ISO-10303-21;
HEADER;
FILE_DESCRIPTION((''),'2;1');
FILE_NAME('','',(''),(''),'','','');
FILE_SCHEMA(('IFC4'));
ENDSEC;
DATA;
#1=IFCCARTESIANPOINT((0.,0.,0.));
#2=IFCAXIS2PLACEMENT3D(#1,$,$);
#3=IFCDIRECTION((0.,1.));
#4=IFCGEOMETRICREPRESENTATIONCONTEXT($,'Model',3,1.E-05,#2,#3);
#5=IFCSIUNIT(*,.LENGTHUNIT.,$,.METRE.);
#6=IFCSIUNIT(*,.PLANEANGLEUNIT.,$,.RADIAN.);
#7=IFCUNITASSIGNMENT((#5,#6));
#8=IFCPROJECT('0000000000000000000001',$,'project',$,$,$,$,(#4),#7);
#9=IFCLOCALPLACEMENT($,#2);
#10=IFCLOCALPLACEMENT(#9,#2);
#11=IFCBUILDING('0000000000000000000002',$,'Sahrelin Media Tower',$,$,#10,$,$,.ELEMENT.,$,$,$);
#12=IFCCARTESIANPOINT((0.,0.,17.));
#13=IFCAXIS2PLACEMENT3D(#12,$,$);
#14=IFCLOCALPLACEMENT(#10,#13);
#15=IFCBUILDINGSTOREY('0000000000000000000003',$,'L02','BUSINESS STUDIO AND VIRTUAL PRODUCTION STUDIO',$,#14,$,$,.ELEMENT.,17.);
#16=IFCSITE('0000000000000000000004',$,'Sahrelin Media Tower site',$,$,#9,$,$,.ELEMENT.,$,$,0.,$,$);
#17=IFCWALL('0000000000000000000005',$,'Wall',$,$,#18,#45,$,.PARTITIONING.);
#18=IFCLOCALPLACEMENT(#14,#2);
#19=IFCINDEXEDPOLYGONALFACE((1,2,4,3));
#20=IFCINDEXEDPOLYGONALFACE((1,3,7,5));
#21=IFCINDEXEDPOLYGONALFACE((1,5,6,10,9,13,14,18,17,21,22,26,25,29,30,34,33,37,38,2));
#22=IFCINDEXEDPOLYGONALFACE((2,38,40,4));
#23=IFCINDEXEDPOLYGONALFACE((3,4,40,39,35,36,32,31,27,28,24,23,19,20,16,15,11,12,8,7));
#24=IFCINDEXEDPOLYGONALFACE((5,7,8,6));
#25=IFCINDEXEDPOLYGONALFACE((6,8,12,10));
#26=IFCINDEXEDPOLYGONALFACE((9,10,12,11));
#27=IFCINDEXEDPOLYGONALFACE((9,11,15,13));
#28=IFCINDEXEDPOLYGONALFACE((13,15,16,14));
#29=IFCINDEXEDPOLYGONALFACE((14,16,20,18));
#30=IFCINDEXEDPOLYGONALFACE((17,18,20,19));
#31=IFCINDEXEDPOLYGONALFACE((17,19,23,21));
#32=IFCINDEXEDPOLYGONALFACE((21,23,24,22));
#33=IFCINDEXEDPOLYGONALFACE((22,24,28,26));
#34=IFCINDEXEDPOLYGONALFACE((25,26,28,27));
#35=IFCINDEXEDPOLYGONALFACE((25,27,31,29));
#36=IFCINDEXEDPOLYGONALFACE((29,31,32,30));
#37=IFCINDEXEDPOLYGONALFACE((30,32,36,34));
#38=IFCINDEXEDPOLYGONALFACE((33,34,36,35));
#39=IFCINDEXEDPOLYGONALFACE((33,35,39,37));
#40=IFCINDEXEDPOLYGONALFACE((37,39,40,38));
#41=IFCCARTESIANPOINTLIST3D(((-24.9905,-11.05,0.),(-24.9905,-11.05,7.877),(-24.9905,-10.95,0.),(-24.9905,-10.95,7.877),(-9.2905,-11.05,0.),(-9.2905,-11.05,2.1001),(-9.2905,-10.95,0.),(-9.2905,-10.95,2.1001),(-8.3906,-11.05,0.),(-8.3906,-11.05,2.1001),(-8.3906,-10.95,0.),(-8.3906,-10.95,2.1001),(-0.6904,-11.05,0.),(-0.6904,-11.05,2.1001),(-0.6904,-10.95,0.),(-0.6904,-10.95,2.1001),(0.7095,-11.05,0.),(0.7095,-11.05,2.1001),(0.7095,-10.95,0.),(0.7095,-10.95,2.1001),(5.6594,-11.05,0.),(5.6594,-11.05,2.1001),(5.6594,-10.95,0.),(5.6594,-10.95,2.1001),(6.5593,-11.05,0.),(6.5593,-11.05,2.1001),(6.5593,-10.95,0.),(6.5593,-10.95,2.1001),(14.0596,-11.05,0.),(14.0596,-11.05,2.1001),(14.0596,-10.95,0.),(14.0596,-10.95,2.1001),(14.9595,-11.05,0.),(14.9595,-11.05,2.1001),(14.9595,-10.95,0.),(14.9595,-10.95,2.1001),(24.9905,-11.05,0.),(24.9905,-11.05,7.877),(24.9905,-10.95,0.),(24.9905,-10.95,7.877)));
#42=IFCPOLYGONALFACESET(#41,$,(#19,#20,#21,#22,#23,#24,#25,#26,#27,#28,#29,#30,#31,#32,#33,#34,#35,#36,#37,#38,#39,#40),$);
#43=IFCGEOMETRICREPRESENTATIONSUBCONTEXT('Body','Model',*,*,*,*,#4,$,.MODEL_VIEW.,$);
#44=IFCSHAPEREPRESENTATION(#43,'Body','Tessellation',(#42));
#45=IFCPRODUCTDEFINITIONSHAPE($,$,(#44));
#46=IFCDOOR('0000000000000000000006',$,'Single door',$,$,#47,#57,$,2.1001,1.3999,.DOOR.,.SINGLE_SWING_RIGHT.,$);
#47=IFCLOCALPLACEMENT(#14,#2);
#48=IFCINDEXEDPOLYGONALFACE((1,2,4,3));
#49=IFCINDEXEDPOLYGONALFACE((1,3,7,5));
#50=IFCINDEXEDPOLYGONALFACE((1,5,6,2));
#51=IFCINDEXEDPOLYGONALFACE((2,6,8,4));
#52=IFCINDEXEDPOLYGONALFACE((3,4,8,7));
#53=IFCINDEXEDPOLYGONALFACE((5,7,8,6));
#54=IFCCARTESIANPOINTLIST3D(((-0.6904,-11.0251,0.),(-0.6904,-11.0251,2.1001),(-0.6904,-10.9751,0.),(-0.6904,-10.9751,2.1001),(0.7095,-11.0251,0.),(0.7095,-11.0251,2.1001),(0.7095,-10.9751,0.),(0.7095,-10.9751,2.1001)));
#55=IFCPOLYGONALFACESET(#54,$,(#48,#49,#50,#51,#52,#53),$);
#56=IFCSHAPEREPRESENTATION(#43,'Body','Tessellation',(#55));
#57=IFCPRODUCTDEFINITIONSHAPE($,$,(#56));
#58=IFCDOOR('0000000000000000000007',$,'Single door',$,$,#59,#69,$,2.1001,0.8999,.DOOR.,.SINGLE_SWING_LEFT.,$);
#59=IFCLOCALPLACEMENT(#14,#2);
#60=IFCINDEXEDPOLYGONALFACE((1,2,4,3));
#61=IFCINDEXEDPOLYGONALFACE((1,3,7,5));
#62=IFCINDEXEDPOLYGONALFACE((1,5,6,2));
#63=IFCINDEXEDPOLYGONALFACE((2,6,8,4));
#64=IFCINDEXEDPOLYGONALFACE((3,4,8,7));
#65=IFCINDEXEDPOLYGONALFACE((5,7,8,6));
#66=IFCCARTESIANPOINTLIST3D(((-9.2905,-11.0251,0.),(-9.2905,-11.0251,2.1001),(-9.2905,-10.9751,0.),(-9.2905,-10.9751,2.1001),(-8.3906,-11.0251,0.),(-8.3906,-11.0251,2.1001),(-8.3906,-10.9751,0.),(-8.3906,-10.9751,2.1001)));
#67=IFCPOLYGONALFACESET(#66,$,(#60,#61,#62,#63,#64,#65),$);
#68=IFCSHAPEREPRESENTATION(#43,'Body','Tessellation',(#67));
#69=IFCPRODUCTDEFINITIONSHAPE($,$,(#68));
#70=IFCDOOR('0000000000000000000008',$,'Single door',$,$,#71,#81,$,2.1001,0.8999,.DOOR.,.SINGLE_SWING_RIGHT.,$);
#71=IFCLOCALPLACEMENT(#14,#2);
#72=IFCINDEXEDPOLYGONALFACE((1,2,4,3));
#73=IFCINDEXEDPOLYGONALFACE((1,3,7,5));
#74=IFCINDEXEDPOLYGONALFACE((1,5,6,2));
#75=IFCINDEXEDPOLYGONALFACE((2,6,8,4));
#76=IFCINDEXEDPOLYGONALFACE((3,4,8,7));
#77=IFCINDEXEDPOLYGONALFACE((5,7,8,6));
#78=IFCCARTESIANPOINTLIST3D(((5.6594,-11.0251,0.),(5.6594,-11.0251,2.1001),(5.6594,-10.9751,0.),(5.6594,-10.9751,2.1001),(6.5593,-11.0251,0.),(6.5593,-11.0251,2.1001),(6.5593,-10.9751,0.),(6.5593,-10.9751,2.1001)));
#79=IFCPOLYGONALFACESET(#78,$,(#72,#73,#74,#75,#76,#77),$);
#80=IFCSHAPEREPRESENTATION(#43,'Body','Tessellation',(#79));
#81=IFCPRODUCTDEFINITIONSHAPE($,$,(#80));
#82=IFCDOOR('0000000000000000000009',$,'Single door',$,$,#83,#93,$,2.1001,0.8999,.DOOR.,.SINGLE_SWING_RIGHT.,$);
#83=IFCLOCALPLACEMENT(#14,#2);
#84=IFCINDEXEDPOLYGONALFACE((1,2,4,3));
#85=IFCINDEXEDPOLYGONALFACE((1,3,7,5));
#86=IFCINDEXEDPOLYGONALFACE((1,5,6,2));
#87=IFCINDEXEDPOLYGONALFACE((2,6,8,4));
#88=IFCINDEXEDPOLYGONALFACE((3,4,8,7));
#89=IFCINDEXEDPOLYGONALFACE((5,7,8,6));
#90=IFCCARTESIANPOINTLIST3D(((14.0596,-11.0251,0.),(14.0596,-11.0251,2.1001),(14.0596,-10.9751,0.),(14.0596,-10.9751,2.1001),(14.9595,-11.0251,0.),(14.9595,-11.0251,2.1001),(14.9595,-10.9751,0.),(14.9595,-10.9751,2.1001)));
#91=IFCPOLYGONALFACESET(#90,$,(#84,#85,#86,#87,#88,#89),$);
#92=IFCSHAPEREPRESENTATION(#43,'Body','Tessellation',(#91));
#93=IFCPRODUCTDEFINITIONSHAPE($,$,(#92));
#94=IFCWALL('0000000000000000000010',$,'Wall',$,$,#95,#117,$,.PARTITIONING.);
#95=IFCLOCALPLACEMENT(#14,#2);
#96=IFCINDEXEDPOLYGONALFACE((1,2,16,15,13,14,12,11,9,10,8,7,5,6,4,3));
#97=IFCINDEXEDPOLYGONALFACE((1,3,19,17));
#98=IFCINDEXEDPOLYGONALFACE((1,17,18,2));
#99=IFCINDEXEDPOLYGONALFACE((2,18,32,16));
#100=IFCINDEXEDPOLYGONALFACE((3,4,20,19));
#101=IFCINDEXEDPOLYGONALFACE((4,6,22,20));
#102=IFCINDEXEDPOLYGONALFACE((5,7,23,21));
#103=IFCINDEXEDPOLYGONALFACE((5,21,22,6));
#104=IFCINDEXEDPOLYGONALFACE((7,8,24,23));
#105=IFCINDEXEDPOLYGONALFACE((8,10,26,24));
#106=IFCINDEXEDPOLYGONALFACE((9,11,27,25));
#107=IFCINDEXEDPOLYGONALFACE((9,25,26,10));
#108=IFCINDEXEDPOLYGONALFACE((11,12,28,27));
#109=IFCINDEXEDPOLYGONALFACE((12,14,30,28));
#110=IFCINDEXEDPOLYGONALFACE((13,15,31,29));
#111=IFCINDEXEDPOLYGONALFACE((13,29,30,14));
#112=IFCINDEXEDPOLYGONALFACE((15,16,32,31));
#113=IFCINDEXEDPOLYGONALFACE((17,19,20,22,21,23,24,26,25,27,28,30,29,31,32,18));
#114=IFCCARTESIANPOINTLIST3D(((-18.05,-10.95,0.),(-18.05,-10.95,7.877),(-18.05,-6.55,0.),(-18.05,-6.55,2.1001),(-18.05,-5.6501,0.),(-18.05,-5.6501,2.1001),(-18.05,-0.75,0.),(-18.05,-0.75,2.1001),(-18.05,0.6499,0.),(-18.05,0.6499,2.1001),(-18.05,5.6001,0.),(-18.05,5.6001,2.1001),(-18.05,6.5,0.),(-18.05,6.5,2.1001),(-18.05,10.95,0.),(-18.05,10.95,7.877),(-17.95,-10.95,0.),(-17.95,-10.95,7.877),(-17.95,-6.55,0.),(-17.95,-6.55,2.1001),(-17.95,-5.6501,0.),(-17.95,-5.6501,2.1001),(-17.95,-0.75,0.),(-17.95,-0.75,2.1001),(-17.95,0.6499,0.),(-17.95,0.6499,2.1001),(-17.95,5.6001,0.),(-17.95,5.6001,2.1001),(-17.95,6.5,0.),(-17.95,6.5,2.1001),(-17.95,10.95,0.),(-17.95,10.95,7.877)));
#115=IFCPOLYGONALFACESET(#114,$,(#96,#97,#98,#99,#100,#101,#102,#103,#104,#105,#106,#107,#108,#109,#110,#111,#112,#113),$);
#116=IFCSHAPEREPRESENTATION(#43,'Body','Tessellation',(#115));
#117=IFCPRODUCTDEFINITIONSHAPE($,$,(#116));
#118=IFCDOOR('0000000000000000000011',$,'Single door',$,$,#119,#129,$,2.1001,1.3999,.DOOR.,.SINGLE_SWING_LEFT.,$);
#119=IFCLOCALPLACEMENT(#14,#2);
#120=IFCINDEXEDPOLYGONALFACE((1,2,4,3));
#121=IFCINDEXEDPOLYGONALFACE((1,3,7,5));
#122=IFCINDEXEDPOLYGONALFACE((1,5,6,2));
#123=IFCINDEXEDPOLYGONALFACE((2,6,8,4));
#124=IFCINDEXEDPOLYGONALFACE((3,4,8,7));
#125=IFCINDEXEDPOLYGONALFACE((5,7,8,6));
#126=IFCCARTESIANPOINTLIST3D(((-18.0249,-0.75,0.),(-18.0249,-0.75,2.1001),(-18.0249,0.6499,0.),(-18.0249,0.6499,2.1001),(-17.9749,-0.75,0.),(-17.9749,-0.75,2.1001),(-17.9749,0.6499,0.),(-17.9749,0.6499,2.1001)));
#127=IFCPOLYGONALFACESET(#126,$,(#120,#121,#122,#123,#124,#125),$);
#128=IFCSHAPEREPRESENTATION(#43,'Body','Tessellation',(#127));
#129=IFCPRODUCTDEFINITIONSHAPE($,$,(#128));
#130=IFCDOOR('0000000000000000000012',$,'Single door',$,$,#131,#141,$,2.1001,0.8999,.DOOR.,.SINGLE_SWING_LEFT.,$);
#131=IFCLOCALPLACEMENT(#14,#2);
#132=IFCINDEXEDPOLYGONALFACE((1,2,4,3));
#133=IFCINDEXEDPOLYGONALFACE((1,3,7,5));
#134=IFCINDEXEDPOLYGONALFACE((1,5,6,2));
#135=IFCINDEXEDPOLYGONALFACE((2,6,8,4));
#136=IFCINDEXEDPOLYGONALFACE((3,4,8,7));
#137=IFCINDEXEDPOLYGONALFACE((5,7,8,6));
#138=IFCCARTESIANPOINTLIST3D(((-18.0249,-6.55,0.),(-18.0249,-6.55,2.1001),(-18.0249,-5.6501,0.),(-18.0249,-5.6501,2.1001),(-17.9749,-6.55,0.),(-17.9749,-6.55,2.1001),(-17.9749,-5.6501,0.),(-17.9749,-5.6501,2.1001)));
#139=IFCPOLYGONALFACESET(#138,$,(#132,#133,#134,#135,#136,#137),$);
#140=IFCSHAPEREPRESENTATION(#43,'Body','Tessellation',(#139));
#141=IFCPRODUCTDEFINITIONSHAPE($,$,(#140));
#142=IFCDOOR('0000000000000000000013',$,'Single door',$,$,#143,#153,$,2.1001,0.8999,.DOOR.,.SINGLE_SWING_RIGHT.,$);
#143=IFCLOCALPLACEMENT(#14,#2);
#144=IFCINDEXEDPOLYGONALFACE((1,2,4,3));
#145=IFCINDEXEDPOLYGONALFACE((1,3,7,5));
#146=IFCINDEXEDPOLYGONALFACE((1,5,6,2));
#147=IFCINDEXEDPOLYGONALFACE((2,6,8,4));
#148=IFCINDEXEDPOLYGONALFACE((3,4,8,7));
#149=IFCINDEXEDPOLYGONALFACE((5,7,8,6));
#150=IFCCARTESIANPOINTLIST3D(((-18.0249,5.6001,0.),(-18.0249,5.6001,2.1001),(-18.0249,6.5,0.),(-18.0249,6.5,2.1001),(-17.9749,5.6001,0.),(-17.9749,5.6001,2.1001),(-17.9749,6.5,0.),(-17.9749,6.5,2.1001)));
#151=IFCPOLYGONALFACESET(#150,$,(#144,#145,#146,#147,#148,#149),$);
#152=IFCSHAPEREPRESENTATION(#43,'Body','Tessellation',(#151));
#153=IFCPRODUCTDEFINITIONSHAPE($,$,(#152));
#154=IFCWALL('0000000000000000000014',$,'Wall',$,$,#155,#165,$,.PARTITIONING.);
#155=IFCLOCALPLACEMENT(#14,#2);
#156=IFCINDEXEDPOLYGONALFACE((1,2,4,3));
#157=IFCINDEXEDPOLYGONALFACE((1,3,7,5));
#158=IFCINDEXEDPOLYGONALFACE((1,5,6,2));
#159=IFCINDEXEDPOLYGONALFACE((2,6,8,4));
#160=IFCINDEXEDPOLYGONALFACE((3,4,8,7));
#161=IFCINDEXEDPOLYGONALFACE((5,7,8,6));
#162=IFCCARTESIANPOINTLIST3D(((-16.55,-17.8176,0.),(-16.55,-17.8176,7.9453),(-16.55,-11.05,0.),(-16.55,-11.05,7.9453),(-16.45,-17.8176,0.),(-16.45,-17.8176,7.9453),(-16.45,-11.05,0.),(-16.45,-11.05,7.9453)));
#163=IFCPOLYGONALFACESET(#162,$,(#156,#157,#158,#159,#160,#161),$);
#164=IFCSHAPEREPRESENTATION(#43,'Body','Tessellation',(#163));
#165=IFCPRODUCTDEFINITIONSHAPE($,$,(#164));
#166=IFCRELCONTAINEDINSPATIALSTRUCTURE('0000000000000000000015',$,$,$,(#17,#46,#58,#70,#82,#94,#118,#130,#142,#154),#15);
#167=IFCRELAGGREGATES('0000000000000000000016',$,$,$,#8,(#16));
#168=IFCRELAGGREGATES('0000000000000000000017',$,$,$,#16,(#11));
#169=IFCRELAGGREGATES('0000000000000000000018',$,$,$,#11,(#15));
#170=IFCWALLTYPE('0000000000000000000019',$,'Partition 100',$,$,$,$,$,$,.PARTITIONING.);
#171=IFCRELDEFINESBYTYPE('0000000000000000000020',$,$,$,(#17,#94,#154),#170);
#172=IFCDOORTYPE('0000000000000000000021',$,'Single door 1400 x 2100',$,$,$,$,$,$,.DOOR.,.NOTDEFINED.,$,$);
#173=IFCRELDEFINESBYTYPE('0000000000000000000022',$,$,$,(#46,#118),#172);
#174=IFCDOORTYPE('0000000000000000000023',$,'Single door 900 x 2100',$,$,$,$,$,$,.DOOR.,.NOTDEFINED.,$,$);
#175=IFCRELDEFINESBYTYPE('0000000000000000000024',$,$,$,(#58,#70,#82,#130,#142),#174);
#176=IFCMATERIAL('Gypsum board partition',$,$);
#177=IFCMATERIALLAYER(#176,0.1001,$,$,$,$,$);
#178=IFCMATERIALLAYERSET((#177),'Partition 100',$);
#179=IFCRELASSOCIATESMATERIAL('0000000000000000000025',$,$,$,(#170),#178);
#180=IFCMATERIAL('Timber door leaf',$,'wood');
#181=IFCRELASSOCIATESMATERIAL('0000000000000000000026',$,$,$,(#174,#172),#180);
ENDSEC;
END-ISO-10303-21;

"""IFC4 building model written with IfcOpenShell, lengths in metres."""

from ifc_helpers import new_model, si_unit, direction, frame, frame_2d, origin, place, context, subcontext, project, spatial, rectangle, extrude, material, layer, layer_set, type_object, element, fill, save


model = new_model("IFC4")

# Units and contexts
model_context = context("Model", 3, precision=1e-05, world=origin(), true_north=direction((0.0, 1.0)))
body_context = subcontext(model_context, "Body", "Model", "MODEL_VIEW")
ifc_project = project(units=[si_unit("LENGTHUNIT", "METRE"), si_unit("PLANEANGLEUNIT", "RADIAN")], contexts=[model_context])

# Site, building, storey
site_placement = place(None, origin())
site = spatial("IfcSite", under=ifc_project, at=site_placement, Name="Sahrelin Media Tower site", CompositionType="ELEMENT", RefElevation=0.0)
building_placement = place(site_placement, origin())
building = spatial("IfcBuilding", under=site, at=building_placement, Name="Sahrelin Media Tower", CompositionType="ELEMENT")
storey_placement = place(building_placement, frame((0.0, 0.0, 17.0)))
storey = spatial("IfcBuildingStorey", under=building, at=storey_placement, Name="L02", Description="BUSINESS STUDIO AND VIRTUAL PRODUCTION STUDIO", CompositionType="ELEMENT", Elevation=17.0)

# Shared definitions
ifc_material_1 = material(Name="Gypsum board partition")
ifc_layer_1 = layer(ifc_material_1, 0.1001)
ifc_layer_set_1 = layer_set([ifc_layer_1], Name="Partition 100")
wall_type_1 = type_object("IfcWallType", Name="Partition 100", PredefinedType="PARTITIONING", material=ifc_layer_set_1)
ifc_material_2 = material(Name="Timber door leaf", Category="wood")
door_type_1 = type_object("IfcDoorType", Name="Single door 900 x 2100", OperationType="NOTDEFINED", PredefinedType="DOOR", material=ifc_material_2)

# Walls, openings, doors
wall_1_placement = place(storey_placement, frame((-24.9905, -11.0, 0.0), z_axis=(0.0, 0.0, 1.0), x_axis=(1.0, 0.0, 0.0)))
wall_1 = element("IfcWall", 1, at=wall_1_placement, inside=storey, type_object=wall_type_1, Name="Wall", PredefinedType="PARTITIONING", context=body_context, shape_type="SweptSolid", body=[
    extrude(rectangle(XDim=49.981, YDim=0.1001, at=frame_2d((24.9905, 0.0))), origin(), (0.0, 0.0, 1.0), 7.877),
])
opening_1_placement = place(wall_1_placement, frame((15.7, 0.0, 0.0)))
opening_1 = element("IfcOpeningElement", 2, at=opening_1_placement, cuts=wall_1, PredefinedType="OPENING", context=body_context, shape_type="SweptSolid", body=[
    extrude(rectangle(XDim=0.8999, YDim=2.1001, at=frame_2d((0.45, 1.05))), frame((0.0, 0.05, 0.0), z_axis=(0.0, -1.0, 0.0), x_axis=(1.0, 0.0, 0.0)), (0.0, 0.0, 1.0), 0.1001),
])
opening_2_placement = place(wall_1_placement, frame((24.3, 0.0, 0.0)))
opening_2 = element("IfcOpeningElement", 3, at=opening_2_placement, cuts=wall_1, PredefinedType="OPENING", context=body_context, shape_type="SweptSolid", body=[
    extrude(rectangle(XDim=1.3999, YDim=2.1001, at=frame_2d((0.7, 1.05))), frame((0.0, 0.05, 0.0), z_axis=(0.0, -1.0, 0.0), x_axis=(1.0, 0.0, 0.0)), (0.0, 0.0, 1.0), 0.1001),
])
opening_3_placement = place(wall_1_placement, frame((30.6499, 0.0, 0.0)))
opening_3 = element("IfcOpeningElement", 4, at=opening_3_placement, cuts=wall_1, PredefinedType="OPENING", context=body_context, shape_type="SweptSolid", body=[
    extrude(rectangle(XDim=0.8999, YDim=2.1001, at=frame_2d((0.45, 1.05))), frame((0.0, 0.05, 0.0), z_axis=(0.0, -1.0, 0.0), x_axis=(1.0, 0.0, 0.0)), (0.0, 0.0, 1.0), 0.1001),
])
opening_4_placement = place(wall_1_placement, frame((39.05, 0.0, 0.0)))
opening_4 = element("IfcOpeningElement", 5, at=opening_4_placement, cuts=wall_1, PredefinedType="OPENING", context=body_context, shape_type="SweptSolid", body=[
    extrude(rectangle(XDim=0.8999, YDim=2.1001, at=frame_2d((0.45, 1.05))), frame((0.0, 0.05, 0.0), z_axis=(0.0, -1.0, 0.0), x_axis=(1.0, 0.0, 0.0)), (0.0, 0.0, 1.0), 0.1001),
])
door_type_2 = type_object("IfcDoorType", Name="Single door 1400 x 2100", OperationType="NOTDEFINED", PredefinedType="DOOR", material=ifc_material_2)
door_1_placement = place(opening_2_placement, origin())
door_1 = element("IfcDoor", 6, at=door_1_placement, inside=storey, type_object=door_type_2, Name="Single door", OperationType="SINGLE_SWING_RIGHT", OverallHeight=2.1001, OverallWidth=1.3999, PredefinedType="DOOR", context=body_context, shape_type="SweptSolid", body=[
    extrude(rectangle(XDim=1.3999, YDim=2.1001, at=frame_2d((0.7, 1.05))), frame((0.0, 0.0249, 0.0), z_axis=(0.0, -1.0, 0.0), x_axis=(1.0, 0.0, 0.0)), (0.0, 0.0, 1.0), 0.05),
])
fill(opening_2, door_1)
door_2_placement = place(opening_1_placement, origin())
door_2 = element("IfcDoor", 7, at=door_2_placement, inside=storey, type_object=door_type_1, Name="Single door", OperationType="SINGLE_SWING_LEFT", OverallHeight=2.1001, OverallWidth=0.8999, PredefinedType="DOOR", context=body_context, shape_type="SweptSolid", body=[
    extrude(rectangle(XDim=0.8999, YDim=2.1001, at=frame_2d((0.45, 1.05))), frame((0.0, 0.0249, 0.0), z_axis=(0.0, -1.0, 0.0), x_axis=(1.0, 0.0, 0.0)), (0.0, 0.0, 1.0), 0.05),
])
fill(opening_1, door_2)
door_3_placement = place(opening_3_placement, origin())
door_3 = element("IfcDoor", 8, at=door_3_placement, inside=storey, type_object=door_type_1, Name="Single door", OperationType="SINGLE_SWING_RIGHT", OverallHeight=2.1001, OverallWidth=0.8999, PredefinedType="DOOR", context=body_context, shape_type="SweptSolid", body=[
    extrude(rectangle(XDim=0.8999, YDim=2.1001, at=frame_2d((0.45, 1.05))), frame((0.0, 0.0249, 0.0), z_axis=(0.0, -1.0, 0.0), x_axis=(1.0, 0.0, 0.0)), (0.0, 0.0, 1.0), 0.05),
])
fill(opening_3, door_3)
door_4_placement = place(opening_4_placement, origin())
door_4 = element("IfcDoor", 9, at=door_4_placement, inside=storey, type_object=door_type_1, Name="Single door", OperationType="SINGLE_SWING_RIGHT", OverallHeight=2.1001, OverallWidth=0.8999, PredefinedType="DOOR", context=body_context, shape_type="SweptSolid", body=[
    extrude(rectangle(XDim=0.8999, YDim=2.1001, at=frame_2d((0.45, 1.05))), frame((0.0, 0.0249, 0.0), z_axis=(0.0, -1.0, 0.0), x_axis=(1.0, 0.0, 0.0)), (0.0, 0.0, 1.0), 0.05),
])
fill(opening_4, door_4)
wall_2_placement = place(storey_placement, frame((-18.0, -10.95, 0.0), z_axis=(0.0, 0.0, 1.0), x_axis=(0.0, 1.0, 0.0)))
wall_2 = element("IfcWall", 10, at=wall_2_placement, inside=storey, type_object=wall_type_1, Name="Wall", PredefinedType="PARTITIONING", context=body_context, shape_type="SweptSolid", body=[
    extrude(rectangle(XDim=21.8999, YDim=0.1001, at=frame_2d((10.95, 0.0))), origin(), (0.0, 0.0, 1.0), 7.877),
])
opening_5_placement = place(wall_2_placement, frame((4.3999, 0.0, 0.0)))
opening_5 = element("IfcOpeningElement", 11, at=opening_5_placement, cuts=wall_2, PredefinedType="OPENING", context=body_context, shape_type="SweptSolid", body=[
    extrude(rectangle(XDim=0.8999, YDim=2.1001, at=frame_2d((0.45, 1.05))), frame((0.0, 0.05, 0.0), z_axis=(0.0, -1.0, 0.0), x_axis=(1.0, 0.0, 0.0)), (0.0, 0.0, 1.0), 0.1001),
])
opening_6_placement = place(wall_2_placement, frame((10.2, 0.0, 0.0)))
opening_6 = element("IfcOpeningElement", 12, at=opening_6_placement, cuts=wall_2, PredefinedType="OPENING", context=body_context, shape_type="SweptSolid", body=[
    extrude(rectangle(XDim=1.3999, YDim=2.1001, at=frame_2d((0.7, 1.05))), frame((0.0, 0.05, 0.0), z_axis=(0.0, -1.0, 0.0), x_axis=(1.0, 0.0, 0.0)), (0.0, 0.0, 1.0), 0.1001),
])
opening_7_placement = place(wall_2_placement, frame((16.55, 0.0, 0.0)))
opening_7 = element("IfcOpeningElement", 13, at=opening_7_placement, cuts=wall_2, PredefinedType="OPENING", context=body_context, shape_type="SweptSolid", body=[
    extrude(rectangle(XDim=0.8999, YDim=2.1001, at=frame_2d((0.45, 1.05))), frame((0.0, 0.05, 0.0), z_axis=(0.0, -1.0, 0.0), x_axis=(1.0, 0.0, 0.0)), (0.0, 0.0, 1.0), 0.1001),
])
door_5_placement = place(opening_6_placement, origin())
door_5 = element("IfcDoor", 14, at=door_5_placement, inside=storey, type_object=door_type_2, Name="Single door", OperationType="SINGLE_SWING_LEFT", OverallHeight=2.1001, OverallWidth=1.3999, PredefinedType="DOOR", context=body_context, shape_type="SweptSolid", body=[
    extrude(rectangle(XDim=1.3999, YDim=2.1001, at=frame_2d((0.7, 1.05))), frame((0.0, 0.0249, 0.0), z_axis=(0.0, -1.0, 0.0), x_axis=(1.0, 0.0, 0.0)), (0.0, 0.0, 1.0), 0.05),
])
fill(opening_6, door_5)
door_6_placement = place(opening_5_placement, origin())
door_6 = element("IfcDoor", 15, at=door_6_placement, inside=storey, type_object=door_type_1, Name="Single door", OperationType="SINGLE_SWING_LEFT", OverallHeight=2.1001, OverallWidth=0.8999, PredefinedType="DOOR", context=body_context, shape_type="SweptSolid", body=[
    extrude(rectangle(XDim=0.8999, YDim=2.1001, at=frame_2d((0.45, 1.05))), frame((0.0, 0.0249, 0.0), z_axis=(0.0, -1.0, 0.0), x_axis=(1.0, 0.0, 0.0)), (0.0, 0.0, 1.0), 0.05),
])
fill(opening_5, door_6)
door_7_placement = place(opening_7_placement, origin())
door_7 = element("IfcDoor", 16, at=door_7_placement, inside=storey, type_object=door_type_1, Name="Single door", OperationType="SINGLE_SWING_RIGHT", OverallHeight=2.1001, OverallWidth=0.8999, PredefinedType="DOOR", context=body_context, shape_type="SweptSolid", body=[
    extrude(rectangle(XDim=0.8999, YDim=2.1001, at=frame_2d((0.45, 1.05))), frame((0.0, 0.0249, 0.0), z_axis=(0.0, -1.0, 0.0), x_axis=(1.0, 0.0, 0.0)), (0.0, 0.0, 1.0), 0.05),
])
fill(opening_7, door_7)

# Wall
wall_3_placement = place(storey_placement, frame((-16.5, -11.05, 0.0), z_axis=(0.0, 0.0, 1.0), x_axis=(0.0, -1.0, 0.0)))
element("IfcWall", 17, at=wall_3_placement, inside=storey, type_object=wall_type_1, Name="Wall", PredefinedType="PARTITIONING", context=body_context, shape_type="SweptSolid", body=[
    extrude(rectangle(XDim=6.7676, YDim=0.1001, at=frame_2d((3.3838, 0.0))), origin(), (0.0, 0.0, 1.0), 7.9453),
])

save(model, "model.ifc")
